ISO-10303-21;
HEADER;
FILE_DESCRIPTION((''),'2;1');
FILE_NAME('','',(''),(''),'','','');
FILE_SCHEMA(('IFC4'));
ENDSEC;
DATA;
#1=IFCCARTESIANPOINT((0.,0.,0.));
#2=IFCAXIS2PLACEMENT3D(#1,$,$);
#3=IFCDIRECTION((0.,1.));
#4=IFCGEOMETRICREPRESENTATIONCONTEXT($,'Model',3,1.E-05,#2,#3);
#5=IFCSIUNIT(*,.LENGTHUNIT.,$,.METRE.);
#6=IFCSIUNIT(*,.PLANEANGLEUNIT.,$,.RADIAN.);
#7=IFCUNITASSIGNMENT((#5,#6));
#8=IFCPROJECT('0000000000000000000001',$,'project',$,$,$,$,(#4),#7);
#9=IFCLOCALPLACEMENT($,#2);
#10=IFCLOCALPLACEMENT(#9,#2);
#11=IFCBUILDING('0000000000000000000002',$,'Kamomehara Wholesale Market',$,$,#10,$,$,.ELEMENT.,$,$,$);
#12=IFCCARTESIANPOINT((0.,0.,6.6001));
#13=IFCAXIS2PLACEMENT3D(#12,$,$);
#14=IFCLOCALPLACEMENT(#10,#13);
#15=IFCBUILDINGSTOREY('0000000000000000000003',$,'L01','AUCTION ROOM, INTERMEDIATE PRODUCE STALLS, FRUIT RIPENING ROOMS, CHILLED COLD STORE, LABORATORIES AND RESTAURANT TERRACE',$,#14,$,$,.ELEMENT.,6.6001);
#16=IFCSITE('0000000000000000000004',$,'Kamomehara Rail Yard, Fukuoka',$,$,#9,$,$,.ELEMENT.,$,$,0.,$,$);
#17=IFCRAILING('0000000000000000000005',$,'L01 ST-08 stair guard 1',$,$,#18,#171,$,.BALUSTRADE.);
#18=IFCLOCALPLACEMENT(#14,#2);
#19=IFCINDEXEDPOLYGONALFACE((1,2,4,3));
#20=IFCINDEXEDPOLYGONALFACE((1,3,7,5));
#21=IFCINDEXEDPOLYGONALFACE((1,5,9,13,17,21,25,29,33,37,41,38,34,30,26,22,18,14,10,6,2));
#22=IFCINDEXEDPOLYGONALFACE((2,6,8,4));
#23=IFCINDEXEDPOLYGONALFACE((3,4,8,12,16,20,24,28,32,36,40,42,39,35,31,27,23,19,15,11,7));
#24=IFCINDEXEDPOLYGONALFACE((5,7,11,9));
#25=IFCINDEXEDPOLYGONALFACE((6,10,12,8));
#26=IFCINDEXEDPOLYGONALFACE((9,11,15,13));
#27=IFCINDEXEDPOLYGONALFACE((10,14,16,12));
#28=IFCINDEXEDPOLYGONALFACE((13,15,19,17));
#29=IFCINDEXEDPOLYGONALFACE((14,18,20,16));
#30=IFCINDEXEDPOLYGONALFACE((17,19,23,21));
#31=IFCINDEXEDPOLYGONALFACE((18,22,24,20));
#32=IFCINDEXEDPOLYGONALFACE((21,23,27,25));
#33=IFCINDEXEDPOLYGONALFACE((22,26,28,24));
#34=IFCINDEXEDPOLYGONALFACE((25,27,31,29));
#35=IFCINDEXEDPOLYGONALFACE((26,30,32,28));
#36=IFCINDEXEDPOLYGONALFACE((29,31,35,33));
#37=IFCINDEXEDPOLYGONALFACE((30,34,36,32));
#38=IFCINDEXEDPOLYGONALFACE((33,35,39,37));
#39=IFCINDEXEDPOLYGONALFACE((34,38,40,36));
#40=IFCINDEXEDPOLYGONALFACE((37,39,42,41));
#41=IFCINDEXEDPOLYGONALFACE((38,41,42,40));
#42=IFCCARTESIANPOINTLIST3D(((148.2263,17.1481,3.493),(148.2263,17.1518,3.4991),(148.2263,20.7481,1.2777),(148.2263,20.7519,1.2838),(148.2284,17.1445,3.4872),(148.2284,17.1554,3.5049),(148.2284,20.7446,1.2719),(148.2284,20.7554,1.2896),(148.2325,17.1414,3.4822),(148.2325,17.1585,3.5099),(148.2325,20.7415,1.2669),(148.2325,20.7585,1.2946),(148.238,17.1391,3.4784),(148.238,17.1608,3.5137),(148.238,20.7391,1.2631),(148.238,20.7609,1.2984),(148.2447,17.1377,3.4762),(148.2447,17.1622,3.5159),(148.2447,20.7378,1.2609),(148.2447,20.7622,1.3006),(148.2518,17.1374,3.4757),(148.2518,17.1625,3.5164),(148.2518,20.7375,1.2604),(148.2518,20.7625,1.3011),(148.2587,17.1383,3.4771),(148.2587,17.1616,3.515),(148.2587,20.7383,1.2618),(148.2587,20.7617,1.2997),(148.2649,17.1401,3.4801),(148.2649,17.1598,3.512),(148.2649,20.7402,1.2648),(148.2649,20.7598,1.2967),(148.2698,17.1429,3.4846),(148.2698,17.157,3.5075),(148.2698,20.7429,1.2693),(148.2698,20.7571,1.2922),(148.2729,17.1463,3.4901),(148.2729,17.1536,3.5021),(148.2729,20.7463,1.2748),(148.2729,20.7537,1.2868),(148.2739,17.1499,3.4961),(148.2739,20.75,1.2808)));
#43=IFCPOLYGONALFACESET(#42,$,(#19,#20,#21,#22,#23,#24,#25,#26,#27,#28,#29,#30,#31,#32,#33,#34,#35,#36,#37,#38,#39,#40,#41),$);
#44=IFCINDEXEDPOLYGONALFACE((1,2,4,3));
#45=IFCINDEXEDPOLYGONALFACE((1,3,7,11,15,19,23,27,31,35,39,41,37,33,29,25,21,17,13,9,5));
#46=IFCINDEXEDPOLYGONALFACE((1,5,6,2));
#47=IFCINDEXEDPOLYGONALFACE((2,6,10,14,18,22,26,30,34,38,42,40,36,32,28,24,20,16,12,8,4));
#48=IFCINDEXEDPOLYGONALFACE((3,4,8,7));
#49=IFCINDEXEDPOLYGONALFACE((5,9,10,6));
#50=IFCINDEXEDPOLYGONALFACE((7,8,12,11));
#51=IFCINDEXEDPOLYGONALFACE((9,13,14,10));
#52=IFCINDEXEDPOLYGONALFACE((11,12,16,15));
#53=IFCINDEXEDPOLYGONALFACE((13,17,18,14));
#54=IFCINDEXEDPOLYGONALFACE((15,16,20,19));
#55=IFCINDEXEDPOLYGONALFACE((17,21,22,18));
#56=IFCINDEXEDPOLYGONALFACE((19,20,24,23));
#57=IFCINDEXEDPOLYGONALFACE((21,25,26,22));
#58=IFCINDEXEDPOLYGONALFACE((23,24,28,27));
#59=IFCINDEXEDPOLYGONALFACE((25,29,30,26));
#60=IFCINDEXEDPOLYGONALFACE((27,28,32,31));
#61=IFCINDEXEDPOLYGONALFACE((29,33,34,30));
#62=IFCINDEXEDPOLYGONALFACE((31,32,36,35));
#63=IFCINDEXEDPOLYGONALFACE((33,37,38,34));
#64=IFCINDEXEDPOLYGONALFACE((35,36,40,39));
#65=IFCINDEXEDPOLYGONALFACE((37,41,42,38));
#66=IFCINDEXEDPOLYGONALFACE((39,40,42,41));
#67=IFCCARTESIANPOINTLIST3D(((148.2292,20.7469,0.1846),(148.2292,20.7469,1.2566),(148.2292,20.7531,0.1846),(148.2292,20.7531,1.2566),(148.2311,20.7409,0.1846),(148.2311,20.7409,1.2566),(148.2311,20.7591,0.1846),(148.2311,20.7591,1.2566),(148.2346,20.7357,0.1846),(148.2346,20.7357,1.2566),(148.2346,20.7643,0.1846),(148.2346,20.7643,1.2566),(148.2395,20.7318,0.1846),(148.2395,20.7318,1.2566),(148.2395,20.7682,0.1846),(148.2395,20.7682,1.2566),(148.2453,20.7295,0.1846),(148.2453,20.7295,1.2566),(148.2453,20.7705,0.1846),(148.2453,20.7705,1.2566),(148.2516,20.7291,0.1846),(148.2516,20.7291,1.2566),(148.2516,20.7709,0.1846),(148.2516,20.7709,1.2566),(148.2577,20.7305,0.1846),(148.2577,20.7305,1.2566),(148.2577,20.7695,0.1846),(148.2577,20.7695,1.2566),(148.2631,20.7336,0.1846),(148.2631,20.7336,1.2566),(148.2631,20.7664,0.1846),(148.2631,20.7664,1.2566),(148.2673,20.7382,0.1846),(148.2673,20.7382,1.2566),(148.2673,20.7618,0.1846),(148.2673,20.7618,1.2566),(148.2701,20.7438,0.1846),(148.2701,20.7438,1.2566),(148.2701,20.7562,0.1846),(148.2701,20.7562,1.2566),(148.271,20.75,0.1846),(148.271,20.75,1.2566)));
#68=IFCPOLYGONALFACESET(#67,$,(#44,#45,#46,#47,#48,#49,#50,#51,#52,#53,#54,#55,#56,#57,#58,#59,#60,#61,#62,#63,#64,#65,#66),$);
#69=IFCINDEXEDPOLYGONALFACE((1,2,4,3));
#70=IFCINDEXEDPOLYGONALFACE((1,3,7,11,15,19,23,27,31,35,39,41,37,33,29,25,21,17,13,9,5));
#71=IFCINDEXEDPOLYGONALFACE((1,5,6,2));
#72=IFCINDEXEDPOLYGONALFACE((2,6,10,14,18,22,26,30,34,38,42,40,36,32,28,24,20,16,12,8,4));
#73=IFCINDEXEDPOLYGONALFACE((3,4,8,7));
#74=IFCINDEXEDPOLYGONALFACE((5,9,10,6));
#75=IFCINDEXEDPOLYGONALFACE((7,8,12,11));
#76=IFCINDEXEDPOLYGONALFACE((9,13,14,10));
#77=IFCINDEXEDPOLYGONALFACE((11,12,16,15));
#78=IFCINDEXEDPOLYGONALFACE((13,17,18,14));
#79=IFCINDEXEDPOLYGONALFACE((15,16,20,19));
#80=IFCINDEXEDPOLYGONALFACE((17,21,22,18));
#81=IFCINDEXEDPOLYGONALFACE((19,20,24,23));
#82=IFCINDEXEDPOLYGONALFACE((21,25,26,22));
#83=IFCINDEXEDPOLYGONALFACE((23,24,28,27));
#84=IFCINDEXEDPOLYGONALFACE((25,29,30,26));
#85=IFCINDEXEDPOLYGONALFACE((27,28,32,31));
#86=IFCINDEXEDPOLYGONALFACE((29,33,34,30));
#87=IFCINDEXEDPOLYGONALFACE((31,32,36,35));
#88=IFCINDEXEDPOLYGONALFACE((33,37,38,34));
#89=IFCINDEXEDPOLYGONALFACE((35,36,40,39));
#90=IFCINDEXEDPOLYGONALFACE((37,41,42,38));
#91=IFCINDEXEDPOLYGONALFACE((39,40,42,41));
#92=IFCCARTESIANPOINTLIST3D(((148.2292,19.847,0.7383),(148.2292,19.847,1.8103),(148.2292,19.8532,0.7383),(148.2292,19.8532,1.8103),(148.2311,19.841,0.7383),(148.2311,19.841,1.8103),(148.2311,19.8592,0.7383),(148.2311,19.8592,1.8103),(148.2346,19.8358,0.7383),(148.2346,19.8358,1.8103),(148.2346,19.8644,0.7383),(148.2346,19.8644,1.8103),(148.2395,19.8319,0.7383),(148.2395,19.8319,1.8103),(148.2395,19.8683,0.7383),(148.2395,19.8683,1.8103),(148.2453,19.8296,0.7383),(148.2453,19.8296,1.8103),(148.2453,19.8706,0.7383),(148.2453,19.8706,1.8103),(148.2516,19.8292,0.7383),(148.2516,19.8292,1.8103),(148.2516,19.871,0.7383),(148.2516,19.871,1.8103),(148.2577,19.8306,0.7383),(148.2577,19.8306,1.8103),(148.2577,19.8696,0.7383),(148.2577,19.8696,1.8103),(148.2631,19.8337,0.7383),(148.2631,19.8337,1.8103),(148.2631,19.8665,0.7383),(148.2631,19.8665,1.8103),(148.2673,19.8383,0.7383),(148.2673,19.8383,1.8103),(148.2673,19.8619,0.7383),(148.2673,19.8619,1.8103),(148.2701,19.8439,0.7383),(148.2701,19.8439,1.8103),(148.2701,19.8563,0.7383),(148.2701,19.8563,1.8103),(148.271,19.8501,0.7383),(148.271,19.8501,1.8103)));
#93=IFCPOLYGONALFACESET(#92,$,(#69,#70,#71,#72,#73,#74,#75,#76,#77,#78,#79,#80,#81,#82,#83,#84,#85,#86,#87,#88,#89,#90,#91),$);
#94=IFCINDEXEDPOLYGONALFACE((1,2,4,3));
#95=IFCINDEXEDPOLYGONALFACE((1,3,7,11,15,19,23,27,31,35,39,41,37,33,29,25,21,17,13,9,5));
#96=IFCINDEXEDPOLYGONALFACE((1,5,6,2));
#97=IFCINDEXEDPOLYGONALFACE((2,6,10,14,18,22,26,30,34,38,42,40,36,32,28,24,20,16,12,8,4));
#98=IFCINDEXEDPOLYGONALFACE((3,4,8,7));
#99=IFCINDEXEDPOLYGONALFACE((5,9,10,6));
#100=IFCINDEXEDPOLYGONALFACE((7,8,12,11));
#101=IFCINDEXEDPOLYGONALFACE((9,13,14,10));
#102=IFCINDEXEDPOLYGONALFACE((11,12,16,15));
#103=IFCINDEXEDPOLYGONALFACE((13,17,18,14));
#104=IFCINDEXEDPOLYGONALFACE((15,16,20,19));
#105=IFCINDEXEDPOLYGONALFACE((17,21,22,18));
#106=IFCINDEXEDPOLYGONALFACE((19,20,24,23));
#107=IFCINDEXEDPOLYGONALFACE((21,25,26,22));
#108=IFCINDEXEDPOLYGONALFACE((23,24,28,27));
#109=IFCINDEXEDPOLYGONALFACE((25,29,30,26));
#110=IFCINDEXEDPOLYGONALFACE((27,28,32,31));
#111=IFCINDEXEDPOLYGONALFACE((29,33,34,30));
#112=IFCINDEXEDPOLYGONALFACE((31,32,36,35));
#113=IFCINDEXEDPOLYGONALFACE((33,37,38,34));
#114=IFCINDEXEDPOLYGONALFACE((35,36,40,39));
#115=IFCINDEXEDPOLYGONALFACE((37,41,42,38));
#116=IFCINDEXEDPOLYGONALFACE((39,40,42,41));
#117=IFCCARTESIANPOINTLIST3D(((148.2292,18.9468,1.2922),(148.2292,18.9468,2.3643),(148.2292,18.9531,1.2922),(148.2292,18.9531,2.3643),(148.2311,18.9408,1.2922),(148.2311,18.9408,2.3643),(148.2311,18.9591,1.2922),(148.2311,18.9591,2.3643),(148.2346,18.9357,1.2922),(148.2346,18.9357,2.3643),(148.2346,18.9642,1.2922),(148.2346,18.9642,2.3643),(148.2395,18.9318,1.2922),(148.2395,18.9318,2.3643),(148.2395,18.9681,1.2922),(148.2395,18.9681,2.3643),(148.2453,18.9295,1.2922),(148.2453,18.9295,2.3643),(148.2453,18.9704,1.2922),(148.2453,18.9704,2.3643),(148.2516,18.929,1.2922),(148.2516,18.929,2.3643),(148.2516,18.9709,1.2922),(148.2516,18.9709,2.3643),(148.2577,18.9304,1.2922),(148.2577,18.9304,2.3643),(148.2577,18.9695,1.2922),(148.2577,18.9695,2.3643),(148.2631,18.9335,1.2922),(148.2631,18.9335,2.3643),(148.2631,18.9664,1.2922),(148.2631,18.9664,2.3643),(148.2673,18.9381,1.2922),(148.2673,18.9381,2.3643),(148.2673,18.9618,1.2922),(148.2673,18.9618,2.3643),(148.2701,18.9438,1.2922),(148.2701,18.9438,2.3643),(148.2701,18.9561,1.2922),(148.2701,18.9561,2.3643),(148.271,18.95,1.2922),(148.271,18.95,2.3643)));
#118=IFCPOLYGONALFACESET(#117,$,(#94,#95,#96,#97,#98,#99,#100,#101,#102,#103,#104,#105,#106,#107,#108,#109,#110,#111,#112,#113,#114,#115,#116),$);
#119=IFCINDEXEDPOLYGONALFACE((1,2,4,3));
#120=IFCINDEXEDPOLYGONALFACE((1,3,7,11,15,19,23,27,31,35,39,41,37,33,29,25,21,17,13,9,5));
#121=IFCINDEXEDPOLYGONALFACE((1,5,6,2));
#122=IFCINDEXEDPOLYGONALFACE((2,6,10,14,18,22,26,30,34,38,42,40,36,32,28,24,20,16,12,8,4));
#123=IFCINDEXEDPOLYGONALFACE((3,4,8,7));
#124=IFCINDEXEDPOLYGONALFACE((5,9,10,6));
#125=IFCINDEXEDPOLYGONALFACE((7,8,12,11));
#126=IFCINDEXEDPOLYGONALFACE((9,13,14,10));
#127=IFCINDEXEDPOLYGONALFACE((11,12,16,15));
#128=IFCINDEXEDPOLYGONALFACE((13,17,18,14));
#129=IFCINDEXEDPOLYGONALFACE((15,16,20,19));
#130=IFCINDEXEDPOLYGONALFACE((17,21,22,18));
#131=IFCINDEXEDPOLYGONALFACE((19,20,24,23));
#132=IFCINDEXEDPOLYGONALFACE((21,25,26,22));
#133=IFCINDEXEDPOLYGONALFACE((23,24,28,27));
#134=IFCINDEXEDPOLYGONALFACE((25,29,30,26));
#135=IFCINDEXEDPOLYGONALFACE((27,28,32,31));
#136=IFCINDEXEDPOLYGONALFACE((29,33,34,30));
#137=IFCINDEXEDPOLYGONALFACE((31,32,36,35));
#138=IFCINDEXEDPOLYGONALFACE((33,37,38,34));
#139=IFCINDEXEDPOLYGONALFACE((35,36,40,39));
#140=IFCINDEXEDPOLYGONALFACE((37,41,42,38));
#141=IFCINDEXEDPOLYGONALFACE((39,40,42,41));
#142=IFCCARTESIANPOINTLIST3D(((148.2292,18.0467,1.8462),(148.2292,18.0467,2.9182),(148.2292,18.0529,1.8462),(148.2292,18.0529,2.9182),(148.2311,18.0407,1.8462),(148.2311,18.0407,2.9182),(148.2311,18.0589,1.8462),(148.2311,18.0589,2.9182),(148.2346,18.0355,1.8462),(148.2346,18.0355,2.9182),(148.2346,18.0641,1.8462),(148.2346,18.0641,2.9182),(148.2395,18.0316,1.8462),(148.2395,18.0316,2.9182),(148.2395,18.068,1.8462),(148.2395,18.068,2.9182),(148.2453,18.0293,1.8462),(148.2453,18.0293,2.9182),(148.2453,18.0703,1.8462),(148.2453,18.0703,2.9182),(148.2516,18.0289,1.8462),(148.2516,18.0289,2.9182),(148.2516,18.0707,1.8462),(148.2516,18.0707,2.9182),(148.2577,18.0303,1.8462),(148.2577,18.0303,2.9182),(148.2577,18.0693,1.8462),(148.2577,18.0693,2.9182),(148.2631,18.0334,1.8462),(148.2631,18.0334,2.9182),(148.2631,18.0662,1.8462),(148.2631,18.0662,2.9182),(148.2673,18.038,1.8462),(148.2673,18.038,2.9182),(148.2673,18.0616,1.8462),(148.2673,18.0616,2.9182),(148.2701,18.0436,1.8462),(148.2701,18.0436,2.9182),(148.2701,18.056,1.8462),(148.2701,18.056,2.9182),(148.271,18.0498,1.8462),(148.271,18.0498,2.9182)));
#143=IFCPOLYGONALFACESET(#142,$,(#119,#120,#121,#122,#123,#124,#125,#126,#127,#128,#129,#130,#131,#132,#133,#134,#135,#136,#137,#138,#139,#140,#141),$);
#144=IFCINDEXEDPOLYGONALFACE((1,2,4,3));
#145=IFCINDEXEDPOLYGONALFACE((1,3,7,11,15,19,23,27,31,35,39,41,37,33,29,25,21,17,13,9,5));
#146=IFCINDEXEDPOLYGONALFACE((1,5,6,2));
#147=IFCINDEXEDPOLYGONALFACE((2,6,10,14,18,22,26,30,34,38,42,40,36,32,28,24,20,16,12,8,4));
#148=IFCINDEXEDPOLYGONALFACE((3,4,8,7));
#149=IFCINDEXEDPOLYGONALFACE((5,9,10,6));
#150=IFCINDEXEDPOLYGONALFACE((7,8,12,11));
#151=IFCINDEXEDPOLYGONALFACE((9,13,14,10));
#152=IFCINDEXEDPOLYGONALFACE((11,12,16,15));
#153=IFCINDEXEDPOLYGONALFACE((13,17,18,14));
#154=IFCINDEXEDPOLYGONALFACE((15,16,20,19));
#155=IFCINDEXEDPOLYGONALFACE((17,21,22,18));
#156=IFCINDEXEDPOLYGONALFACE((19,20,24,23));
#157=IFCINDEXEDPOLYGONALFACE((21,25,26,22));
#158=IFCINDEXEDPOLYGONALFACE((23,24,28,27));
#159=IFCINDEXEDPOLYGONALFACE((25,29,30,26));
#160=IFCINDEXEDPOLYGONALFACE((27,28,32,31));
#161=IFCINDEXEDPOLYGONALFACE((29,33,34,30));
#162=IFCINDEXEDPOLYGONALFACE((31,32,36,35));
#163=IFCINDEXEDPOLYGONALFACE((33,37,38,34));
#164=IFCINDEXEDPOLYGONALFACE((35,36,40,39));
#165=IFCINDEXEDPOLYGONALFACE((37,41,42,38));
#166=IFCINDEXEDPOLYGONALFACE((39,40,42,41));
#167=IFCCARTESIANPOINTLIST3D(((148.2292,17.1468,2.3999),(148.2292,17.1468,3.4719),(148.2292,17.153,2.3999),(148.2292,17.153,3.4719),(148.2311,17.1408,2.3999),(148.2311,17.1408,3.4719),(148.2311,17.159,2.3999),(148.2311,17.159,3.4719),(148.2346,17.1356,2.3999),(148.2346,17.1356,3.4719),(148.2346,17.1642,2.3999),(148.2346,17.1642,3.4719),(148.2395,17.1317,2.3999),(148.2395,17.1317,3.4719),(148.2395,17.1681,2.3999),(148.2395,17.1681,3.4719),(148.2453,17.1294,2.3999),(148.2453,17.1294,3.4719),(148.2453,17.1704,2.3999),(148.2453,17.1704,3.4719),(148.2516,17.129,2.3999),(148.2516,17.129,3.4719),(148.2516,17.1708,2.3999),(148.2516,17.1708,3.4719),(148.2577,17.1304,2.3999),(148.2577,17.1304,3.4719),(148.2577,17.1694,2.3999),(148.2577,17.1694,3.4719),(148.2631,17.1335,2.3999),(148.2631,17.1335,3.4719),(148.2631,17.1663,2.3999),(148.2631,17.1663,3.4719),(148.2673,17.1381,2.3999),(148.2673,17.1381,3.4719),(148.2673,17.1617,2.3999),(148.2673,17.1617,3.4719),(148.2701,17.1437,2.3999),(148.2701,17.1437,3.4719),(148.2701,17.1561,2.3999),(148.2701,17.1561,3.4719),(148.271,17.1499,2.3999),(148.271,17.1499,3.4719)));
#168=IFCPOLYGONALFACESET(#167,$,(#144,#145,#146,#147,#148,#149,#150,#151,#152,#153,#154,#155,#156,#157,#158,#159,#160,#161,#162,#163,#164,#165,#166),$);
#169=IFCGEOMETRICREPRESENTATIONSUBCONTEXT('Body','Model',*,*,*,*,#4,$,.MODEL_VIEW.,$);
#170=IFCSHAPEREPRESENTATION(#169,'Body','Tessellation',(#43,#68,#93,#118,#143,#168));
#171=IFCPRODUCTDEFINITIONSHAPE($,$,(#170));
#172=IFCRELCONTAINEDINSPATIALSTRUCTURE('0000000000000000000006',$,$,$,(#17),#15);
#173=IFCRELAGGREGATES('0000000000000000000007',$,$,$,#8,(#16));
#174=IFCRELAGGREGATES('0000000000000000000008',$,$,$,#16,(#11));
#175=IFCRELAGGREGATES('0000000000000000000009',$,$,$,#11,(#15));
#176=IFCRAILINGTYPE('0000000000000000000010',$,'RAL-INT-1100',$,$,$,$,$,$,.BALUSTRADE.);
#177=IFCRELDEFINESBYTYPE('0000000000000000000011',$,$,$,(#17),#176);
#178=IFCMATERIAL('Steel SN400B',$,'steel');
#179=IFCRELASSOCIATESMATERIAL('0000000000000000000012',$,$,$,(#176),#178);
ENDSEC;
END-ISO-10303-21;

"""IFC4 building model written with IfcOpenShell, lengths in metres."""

from ifc_helpers import new_model, si_unit, direction, frame, origin, origin_2d, place, context, subcontext, project, spatial, circle, extrude, material, type_object, element, save


model = new_model("IFC4")

# Units and contexts
model_context = context("Model", 3, precision=1e-05, world=origin(), true_north=direction((0.0, 1.0)))
body_context = subcontext(model_context, "Body", "Model", "MODEL_VIEW")
ifc_project = project(units=[si_unit("LENGTHUNIT", "METRE"), si_unit("PLANEANGLEUNIT", "RADIAN")], contexts=[model_context])

# Site, building, storey
site_placement = place(None, origin())
site = spatial("IfcSite", under=ifc_project, at=site_placement, Name="Kamomehara Rail Yard, Fukuoka", CompositionType="ELEMENT", RefElevation=0.0)
building_placement = place(site_placement, origin())
building = spatial("IfcBuilding", under=site, at=building_placement, Name="Kamomehara Wholesale Market", CompositionType="ELEMENT")
storey_placement = place(building_placement, frame((0.0, 0.0, 6.6001)))
storey = spatial("IfcBuildingStorey", under=building, at=storey_placement, Name="L01", Description="AUCTION ROOM, INTERMEDIATE PRODUCE STALLS, FRUIT RIPENING ROOMS, CHILLED COLD STORE, LABORATORIES AND RESTAURANT TERRACE", CompositionType="ELEMENT", Elevation=6.6001)

# Railing
ifc_material_1 = material(Name="Steel SN400B", Category="steel")
railing_type_1 = type_object("IfcRailingType", Name="RAL-INT-1100", PredefinedType="BALUSTRADE", material=ifc_material_1)
railing_1_placement = place(storey_placement, frame((148.25, 20.75, 0.1846)))
element("IfcRailing", 1, at=railing_1_placement, inside=storey, type_object=railing_type_1, Name="L01 ST-08 stair guard 1", PredefinedType="BALUSTRADE", context=body_context, shape_type="SweptSolid", body=[
    extrude(circle(Radius=0.0239, at=origin_2d()), frame((0.0, 0.0, 1.0962), z_axis=(0.0, -0.85167, 0.524078), x_axis=(1.0, 0.0, 0.0)), (0.0, 0.0, 1.0), 4.2271),
    extrude(circle(Radius=0.021, at=origin_2d()), origin(), (0.0, 0.0, 1.0), 1.072),
    extrude(circle(Radius=0.021, at=origin_2d()), frame((0.0, -0.8999, 0.5537)), (0.0, 0.0, 1.0), 1.072),
    extrude(circle(Radius=0.021, at=origin_2d()), frame((0.0, -1.8, 1.1077)), (0.0, 0.0, 1.0), 1.072),
    extrude(circle(Radius=0.021, at=origin_2d()), frame((0.0, -2.7002, 1.6616)), (0.0, 0.0, 1.0), 1.072),
    extrude(circle(Radius=0.021, at=origin_2d()), frame((0.0, -3.6001, 2.2153)), (0.0, 0.0, 1.0), 1.072),
])

save(model, "model.ifc")
